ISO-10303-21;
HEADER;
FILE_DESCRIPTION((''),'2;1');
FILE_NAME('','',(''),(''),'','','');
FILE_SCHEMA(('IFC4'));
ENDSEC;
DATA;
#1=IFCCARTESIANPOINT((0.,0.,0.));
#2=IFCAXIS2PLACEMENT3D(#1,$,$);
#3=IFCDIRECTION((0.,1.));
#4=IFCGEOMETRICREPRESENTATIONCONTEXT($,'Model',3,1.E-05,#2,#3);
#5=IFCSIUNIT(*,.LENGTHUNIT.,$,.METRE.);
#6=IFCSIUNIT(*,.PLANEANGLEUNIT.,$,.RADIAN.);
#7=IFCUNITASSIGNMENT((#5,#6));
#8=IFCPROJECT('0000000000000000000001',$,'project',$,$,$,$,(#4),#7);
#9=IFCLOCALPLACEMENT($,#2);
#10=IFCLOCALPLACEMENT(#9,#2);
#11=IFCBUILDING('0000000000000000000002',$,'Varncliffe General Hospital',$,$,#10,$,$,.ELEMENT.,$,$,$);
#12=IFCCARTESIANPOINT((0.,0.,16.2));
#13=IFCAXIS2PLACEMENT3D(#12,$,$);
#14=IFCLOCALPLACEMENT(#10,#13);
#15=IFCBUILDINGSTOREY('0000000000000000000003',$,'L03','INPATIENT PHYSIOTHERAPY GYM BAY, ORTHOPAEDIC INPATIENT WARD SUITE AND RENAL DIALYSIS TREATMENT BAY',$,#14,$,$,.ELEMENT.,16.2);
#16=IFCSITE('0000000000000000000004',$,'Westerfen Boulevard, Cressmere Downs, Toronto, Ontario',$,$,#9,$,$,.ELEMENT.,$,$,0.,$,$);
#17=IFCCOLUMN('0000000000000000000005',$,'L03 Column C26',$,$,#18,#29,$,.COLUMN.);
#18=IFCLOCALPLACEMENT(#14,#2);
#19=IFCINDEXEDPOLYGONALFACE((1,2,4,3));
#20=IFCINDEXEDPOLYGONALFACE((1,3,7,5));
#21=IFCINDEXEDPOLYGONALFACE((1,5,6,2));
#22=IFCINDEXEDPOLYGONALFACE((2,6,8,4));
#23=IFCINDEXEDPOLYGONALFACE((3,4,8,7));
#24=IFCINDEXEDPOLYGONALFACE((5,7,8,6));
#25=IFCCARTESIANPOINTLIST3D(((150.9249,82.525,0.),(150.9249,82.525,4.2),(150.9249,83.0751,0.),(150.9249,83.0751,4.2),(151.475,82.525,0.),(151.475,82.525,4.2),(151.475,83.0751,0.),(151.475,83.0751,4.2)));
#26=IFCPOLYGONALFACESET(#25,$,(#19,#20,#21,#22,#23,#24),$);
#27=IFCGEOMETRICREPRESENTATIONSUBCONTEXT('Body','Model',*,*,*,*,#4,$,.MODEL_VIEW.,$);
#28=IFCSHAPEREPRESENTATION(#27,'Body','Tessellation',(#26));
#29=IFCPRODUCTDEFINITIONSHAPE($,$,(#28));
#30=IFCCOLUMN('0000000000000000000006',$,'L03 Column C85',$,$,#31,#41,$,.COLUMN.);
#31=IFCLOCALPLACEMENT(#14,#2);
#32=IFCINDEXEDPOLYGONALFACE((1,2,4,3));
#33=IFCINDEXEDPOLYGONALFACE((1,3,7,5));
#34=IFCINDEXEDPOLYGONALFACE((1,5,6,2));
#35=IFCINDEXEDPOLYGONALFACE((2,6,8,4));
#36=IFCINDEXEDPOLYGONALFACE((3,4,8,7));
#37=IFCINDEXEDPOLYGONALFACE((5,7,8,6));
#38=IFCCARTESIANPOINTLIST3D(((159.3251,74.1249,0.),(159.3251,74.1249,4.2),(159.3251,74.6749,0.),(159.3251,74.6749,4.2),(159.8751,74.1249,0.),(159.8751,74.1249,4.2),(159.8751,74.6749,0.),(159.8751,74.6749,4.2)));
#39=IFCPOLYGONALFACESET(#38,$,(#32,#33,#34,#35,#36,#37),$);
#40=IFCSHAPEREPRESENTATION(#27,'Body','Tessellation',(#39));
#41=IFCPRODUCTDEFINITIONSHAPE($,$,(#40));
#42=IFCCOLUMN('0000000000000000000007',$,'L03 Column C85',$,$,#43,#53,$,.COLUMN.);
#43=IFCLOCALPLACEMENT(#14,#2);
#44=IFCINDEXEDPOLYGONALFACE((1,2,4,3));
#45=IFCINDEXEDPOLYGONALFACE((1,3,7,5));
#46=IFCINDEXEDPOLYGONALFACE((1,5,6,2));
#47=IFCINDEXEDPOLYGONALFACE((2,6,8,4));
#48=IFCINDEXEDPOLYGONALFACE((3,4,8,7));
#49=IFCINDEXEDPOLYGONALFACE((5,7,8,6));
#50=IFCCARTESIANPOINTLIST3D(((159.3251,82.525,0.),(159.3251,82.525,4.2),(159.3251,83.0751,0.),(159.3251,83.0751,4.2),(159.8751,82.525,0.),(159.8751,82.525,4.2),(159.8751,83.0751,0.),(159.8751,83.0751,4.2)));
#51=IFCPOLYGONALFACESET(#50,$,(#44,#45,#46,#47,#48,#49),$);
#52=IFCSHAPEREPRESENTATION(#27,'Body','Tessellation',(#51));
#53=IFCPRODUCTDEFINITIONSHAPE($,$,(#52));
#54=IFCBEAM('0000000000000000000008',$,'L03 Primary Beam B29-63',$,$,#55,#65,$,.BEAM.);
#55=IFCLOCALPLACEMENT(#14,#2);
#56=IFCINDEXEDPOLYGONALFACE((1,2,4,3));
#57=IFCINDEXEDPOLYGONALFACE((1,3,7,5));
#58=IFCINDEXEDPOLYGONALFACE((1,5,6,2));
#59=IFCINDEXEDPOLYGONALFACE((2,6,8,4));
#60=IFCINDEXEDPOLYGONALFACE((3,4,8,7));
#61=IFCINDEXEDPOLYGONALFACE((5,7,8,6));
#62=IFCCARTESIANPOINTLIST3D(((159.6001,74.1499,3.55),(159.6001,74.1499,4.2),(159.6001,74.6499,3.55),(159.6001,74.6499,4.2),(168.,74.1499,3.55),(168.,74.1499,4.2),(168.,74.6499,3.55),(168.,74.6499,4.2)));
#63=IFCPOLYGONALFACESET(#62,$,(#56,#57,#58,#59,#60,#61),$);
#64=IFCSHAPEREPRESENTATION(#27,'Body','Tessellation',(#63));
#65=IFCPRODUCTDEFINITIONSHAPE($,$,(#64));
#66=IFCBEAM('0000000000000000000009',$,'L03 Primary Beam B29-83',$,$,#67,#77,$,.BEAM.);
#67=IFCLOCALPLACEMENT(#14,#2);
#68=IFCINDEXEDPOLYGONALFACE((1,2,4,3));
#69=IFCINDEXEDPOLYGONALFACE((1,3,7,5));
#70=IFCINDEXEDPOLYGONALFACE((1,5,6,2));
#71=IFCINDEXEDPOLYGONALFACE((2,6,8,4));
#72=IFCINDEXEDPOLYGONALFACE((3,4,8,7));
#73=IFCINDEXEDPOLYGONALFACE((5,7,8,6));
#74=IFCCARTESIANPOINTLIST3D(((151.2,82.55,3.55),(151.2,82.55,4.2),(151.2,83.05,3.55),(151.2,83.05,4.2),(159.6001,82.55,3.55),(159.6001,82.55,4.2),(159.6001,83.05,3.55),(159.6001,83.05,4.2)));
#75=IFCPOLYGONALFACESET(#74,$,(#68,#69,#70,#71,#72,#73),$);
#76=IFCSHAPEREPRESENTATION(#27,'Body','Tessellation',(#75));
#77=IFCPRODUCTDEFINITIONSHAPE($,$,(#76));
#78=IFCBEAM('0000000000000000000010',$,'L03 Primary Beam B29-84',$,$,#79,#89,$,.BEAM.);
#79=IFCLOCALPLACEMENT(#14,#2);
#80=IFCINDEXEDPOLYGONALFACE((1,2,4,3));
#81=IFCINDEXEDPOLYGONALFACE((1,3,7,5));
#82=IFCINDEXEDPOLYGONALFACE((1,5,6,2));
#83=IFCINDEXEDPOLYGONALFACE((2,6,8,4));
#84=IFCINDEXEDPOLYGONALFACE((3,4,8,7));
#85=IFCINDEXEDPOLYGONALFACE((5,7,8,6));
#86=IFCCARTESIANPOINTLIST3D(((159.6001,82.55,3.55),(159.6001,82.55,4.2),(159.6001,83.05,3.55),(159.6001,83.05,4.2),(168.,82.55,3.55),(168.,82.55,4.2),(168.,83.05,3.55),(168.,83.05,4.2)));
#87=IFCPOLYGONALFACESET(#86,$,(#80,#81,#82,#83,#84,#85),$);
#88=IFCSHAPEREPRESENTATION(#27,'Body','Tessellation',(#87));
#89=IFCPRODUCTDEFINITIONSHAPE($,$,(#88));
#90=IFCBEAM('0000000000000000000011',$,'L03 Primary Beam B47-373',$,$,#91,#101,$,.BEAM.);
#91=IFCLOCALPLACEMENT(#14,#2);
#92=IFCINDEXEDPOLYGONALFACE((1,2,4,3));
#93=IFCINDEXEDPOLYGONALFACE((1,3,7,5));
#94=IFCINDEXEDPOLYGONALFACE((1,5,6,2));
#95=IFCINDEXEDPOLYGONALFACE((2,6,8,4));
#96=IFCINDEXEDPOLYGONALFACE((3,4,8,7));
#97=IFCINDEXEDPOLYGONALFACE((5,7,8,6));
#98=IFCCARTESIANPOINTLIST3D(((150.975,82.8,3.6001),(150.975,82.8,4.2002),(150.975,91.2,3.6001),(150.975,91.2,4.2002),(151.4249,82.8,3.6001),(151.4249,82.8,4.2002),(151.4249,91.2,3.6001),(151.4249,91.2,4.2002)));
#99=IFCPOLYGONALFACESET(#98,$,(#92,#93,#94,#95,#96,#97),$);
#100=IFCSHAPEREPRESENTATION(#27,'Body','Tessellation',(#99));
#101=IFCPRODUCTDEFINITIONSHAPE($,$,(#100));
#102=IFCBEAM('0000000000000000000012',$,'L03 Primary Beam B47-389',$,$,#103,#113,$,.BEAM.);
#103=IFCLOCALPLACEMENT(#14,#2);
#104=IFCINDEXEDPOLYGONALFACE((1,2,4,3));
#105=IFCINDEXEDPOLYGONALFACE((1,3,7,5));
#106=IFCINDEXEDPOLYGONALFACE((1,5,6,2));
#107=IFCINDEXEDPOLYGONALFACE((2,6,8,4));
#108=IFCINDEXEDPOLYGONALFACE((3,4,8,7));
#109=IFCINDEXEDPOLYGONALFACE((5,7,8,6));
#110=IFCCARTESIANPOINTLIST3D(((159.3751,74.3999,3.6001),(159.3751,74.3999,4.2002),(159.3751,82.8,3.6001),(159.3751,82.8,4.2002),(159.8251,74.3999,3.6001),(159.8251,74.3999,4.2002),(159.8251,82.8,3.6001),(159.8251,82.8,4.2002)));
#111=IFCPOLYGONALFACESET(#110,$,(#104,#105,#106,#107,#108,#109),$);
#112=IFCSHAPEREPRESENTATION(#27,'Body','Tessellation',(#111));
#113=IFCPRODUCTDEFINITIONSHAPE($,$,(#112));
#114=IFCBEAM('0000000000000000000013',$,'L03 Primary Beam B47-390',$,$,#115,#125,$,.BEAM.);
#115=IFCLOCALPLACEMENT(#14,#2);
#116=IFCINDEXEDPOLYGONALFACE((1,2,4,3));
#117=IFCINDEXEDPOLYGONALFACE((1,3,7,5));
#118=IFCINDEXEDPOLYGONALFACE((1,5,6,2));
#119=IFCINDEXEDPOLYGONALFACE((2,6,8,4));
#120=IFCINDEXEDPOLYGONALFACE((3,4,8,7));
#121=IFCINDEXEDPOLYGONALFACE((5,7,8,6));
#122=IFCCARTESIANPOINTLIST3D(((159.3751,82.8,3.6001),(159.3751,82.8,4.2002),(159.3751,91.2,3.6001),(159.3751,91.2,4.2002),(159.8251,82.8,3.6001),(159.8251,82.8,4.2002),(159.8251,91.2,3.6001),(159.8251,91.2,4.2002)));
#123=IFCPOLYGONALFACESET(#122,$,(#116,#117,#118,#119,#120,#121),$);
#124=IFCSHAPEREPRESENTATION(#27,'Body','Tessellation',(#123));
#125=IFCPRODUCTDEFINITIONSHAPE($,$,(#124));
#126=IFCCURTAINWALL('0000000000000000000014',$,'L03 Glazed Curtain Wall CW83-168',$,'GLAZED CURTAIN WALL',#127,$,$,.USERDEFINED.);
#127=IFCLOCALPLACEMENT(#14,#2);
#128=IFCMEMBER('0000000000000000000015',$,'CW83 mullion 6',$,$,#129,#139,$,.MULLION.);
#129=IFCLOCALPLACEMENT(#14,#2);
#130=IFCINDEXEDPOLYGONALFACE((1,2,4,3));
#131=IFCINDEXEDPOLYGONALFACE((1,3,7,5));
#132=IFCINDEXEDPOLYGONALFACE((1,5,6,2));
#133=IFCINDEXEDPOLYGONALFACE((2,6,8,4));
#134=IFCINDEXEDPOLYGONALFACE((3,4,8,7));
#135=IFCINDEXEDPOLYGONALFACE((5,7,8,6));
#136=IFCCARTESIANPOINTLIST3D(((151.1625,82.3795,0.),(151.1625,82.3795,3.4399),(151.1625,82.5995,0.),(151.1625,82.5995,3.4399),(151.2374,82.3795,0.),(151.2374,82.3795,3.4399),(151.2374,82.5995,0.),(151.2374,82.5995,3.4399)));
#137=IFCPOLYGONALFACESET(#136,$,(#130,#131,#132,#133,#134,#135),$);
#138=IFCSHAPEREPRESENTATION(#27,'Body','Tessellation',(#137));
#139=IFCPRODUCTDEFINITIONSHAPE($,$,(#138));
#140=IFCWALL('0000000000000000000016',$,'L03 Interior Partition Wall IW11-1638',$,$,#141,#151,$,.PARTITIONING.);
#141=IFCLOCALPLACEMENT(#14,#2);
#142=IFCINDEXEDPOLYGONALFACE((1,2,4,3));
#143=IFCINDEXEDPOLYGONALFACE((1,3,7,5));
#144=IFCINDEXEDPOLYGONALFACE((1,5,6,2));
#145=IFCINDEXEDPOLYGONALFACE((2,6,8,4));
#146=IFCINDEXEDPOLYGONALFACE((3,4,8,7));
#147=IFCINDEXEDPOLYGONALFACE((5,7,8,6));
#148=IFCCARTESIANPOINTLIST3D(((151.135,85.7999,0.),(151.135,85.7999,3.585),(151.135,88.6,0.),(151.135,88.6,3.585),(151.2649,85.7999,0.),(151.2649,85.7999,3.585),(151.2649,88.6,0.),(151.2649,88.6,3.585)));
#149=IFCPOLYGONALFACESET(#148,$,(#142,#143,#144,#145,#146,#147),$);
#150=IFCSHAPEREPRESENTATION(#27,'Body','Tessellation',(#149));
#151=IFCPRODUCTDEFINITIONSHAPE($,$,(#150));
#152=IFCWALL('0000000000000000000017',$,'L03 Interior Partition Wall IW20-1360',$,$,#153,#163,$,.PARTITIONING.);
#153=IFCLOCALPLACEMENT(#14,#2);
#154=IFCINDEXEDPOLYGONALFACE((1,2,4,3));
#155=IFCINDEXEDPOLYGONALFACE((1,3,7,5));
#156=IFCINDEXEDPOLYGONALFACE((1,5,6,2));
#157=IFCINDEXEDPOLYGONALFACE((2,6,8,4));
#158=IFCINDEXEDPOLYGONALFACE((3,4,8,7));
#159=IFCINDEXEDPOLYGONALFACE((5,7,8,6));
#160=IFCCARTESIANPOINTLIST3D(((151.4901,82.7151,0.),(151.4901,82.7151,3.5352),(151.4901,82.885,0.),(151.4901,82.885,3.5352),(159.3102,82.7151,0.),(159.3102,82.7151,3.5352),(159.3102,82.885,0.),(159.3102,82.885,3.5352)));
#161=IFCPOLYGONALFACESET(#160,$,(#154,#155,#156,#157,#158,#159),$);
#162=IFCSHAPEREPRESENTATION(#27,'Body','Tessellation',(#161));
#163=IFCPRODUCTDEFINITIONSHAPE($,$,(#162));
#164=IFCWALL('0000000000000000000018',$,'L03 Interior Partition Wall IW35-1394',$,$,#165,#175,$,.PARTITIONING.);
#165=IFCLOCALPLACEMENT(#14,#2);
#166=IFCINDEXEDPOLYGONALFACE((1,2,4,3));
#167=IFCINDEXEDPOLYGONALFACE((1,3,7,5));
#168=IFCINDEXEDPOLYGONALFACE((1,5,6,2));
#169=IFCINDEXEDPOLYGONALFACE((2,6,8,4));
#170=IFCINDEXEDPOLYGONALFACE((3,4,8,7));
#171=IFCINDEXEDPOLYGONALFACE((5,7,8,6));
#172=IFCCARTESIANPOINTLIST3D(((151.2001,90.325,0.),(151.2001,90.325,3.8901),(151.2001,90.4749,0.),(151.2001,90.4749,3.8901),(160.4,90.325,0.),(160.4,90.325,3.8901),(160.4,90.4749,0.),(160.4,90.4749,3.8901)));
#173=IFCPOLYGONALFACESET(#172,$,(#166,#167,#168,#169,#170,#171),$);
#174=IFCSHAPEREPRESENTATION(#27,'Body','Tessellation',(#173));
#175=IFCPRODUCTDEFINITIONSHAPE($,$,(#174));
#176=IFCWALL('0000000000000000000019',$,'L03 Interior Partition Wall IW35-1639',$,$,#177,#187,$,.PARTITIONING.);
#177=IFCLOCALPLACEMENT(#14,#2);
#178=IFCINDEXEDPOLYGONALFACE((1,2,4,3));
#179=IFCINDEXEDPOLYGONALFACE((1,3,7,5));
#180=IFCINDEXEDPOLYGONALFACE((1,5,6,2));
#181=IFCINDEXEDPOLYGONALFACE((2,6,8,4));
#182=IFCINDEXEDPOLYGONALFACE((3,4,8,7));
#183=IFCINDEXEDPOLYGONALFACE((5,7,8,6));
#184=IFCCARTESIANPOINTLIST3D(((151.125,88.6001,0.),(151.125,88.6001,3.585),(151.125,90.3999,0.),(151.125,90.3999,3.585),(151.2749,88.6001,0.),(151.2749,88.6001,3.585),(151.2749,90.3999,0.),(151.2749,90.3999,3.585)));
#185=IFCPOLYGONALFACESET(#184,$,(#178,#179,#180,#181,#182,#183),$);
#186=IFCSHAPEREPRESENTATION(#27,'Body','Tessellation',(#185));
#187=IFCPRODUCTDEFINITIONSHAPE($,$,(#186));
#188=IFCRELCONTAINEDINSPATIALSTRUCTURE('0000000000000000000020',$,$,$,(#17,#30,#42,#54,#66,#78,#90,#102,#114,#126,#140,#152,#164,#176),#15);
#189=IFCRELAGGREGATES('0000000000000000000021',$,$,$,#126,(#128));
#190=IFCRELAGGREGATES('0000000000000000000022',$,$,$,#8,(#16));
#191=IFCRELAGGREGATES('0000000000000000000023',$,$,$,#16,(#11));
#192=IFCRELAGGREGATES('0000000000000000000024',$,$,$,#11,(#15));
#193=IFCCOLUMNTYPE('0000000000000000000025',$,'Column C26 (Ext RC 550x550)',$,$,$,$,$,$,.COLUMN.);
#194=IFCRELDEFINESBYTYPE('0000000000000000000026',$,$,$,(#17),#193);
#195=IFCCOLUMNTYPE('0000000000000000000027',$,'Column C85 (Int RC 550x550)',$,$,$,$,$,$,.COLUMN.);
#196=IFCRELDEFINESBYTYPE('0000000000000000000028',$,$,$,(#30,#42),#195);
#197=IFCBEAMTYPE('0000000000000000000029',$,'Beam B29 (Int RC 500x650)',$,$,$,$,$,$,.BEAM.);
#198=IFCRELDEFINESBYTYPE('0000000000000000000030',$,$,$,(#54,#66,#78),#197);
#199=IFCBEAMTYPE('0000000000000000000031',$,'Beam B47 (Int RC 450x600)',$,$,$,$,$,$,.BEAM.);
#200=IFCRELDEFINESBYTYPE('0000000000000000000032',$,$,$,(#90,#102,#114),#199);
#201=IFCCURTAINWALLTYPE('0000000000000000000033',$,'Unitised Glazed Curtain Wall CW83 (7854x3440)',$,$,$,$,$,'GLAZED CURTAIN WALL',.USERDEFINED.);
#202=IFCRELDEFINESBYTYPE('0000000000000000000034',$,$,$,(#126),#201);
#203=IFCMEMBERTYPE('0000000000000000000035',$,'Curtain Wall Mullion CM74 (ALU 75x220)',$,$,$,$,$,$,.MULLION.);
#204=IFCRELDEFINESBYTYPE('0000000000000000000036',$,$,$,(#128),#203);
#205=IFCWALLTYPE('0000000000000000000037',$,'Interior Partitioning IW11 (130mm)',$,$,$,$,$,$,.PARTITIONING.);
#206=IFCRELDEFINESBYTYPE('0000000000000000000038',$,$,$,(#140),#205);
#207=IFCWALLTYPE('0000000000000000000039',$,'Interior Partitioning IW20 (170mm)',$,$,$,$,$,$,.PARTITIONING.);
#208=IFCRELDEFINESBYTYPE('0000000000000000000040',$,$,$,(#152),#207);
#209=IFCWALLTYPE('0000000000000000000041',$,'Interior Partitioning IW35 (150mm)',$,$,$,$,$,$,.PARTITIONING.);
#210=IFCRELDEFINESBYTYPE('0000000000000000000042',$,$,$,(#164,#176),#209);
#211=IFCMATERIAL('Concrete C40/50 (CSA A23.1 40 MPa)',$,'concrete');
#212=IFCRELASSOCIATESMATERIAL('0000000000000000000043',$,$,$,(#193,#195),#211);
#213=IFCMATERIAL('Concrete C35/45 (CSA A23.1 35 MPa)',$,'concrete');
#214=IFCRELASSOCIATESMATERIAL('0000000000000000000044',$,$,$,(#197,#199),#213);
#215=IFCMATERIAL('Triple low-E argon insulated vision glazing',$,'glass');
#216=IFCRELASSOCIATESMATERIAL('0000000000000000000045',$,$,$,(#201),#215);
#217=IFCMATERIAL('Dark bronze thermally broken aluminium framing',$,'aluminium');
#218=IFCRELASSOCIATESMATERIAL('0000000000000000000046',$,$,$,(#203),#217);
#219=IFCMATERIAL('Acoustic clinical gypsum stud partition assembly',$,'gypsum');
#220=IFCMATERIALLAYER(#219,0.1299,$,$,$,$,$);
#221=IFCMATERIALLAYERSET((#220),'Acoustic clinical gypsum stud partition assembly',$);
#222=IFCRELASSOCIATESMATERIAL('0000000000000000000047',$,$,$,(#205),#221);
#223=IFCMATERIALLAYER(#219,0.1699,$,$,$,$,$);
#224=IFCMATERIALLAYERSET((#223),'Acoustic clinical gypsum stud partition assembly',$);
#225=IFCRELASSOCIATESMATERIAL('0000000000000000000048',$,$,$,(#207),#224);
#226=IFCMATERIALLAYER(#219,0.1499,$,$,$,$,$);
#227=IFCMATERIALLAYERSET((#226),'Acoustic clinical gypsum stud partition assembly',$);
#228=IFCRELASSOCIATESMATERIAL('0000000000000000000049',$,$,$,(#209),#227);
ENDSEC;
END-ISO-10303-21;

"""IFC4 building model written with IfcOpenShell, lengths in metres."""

from ifc_helpers import new_model, si_unit, direction, frame, frame_2d, origin, origin_2d, place, context, subcontext, project, spatial, rectangle, extrude, material, layer, layer_set, material_profile, profile_set, type_object, element, aggregate, save


model = new_model("IFC4")

# Units and contexts
model_context = context("Model", 3, precision=1e-05, world=origin(), true_north=direction((0.0, 1.0)))
body_context = subcontext(model_context, "Body", "Model", "MODEL_VIEW")
ifc_project = project(units=[si_unit("LENGTHUNIT", "METRE"), si_unit("PLANEANGLEUNIT", "RADIAN")], contexts=[model_context])

# Site, building, storey
site_placement = place(None, origin())
site = spatial("IfcSite", under=ifc_project, at=site_placement, Name="Westerfen Boulevard, Cressmere Downs, Toronto, Ontario", CompositionType="ELEMENT", RefElevation=0.0)
building_placement = place(site_placement, origin())
building = spatial("IfcBuilding", under=site, at=building_placement, Name="Varncliffe General Hospital", CompositionType="ELEMENT")
storey_placement = place(building_placement, frame((0.0, 0.0, 16.2)))
storey = spatial("IfcBuildingStorey", under=building, at=storey_placement, Name="L03", Description="INPATIENT PHYSIOTHERAPY GYM BAY, ORTHOPAEDIC INPATIENT WARD SUITE AND RENAL DIALYSIS TREATMENT BAY", CompositionType="ELEMENT", Elevation=16.2)

# Columns
ifc_material_1 = material(Name="Concrete C40/50 (CSA A23.1 40 MPa)", Category="concrete")
ifc_material_profile_1 = material_profile(ifc_material_1, rectangle(XDim=0.55, YDim=0.55, at=origin_2d()), Name="RC 550x550")
ifc_profile_set_1 = profile_set([ifc_material_profile_1], Name="Concrete C40/50 (CSA A23.1 40 MPa)")
column_type_1 = type_object("IfcColumnType", Name="Column C26 (Ext RC 550x550)", PredefinedType="COLUMN", material=ifc_profile_set_1)
column_placement = place(storey_placement, frame((151.2, 82.8, 0.0), z_axis=(0.0, 0.0, 1.0), x_axis=(1.0, 0.0, 0.0)))
element("IfcColumn", 1, at=column_placement, inside=storey, type_object=column_type_1, Name="L03 Column C26", PredefinedType="COLUMN", context=body_context, shape_type="SweptSolid", body=[
    extrude(rectangle(XDim=0.55, YDim=0.55, at=origin_2d()), origin(), (0.0, 0.0, 1.0), 4.2),
])
ifc_material_profile_2 = material_profile(ifc_material_1, rectangle(XDim=0.55, YDim=0.55, at=origin_2d()), Name="RC 550x550")
ifc_profile_set_2 = profile_set([ifc_material_profile_2], Name="Concrete C40/50 (CSA A23.1 40 MPa)")
column_type_2 = type_object("IfcColumnType", Name="Column C85 (Int RC 550x550)", PredefinedType="COLUMN", material=ifc_profile_set_2)
for number, where, z_axis, x_axis, name in (
    (2, (159.6001, 74.3999, 0.0), (0.0, 0.0, 1.0), (1.0, 0.0, 0.0), "L03 Column C85"),
    (3, (159.6001, 82.8, 0.0), (0.0, 0.0, 1.0), (1.0, 0.0, 0.0), "L03 Column C85"),
):
    element("IfcColumn", number, at=place(storey_placement, frame(where, z_axis=z_axis, x_axis=x_axis)), inside=storey, type_object=column_type_2, Name=name, PredefinedType="COLUMN", context=body_context, shape_type="SweptSolid", body=[
        extrude(rectangle(XDim=0.55, YDim=0.55, at=origin_2d()), origin(), (0.0, 0.0, 1.0), 4.2),
    ])

# Beams
ifc_material_2 = material(Name="Concrete C35/45 (CSA A23.1 35 MPa)", Category="concrete")
ifc_material_profile_3 = material_profile(ifc_material_2, rectangle(XDim=0.5, YDim=0.6499, at=origin_2d()), Name="RC 500x650")
ifc_profile_set_3 = profile_set([ifc_material_profile_3], Name="Concrete C35/45 (CSA A23.1 35 MPa)")
beam_type_1 = type_object("IfcBeamType", Name="Beam B29 (Int RC 500x650)", PredefinedType="BEAM", material=ifc_profile_set_3)
beam_1_placement = place(storey_placement, frame((159.6001, 74.3999, 3.875), z_axis=(1.0, 0.0, 0.0), x_axis=(0.0, 1.0, 0.0)))
element("IfcBeam", 4, at=beam_1_placement, inside=storey, type_object=beam_type_1, Name="L03 Primary Beam B29-63", PredefinedType="BEAM", context=body_context, shape_type="SweptSolid", body=[
    extrude(rectangle(XDim=0.5, YDim=0.6499, at=origin_2d()), origin(), (0.0, 0.0, 1.0), 8.3999),
])
beam_2_placement = place(storey_placement, frame((151.2, 82.8, 3.875), z_axis=(1.0, 0.0, 0.0), x_axis=(0.0, 1.0, 0.0)))
element("IfcBeam", 5, at=beam_2_placement, inside=storey, type_object=beam_type_1, Name="L03 Primary Beam B29-83", PredefinedType="BEAM", context=body_context, shape_type="SweptSolid", body=[
    extrude(rectangle(XDim=0.5, YDim=0.6499, at=origin_2d()), origin(), (0.0, 0.0, 1.0), 8.4001),
])
beam_3_placement = place(storey_placement, frame((159.6001, 82.8, 3.875), z_axis=(1.0, 0.0, 0.0), x_axis=(0.0, 1.0, 0.0)))
element("IfcBeam", 6, at=beam_3_placement, inside=storey, type_object=beam_type_1, Name="L03 Primary Beam B29-84", PredefinedType="BEAM", context=body_context, shape_type="SweptSolid", body=[
    extrude(rectangle(XDim=0.5, YDim=0.6499, at=origin_2d()), origin(), (0.0, 0.0, 1.0), 8.3999),
])
ifc_material_profile_4 = material_profile(ifc_material_2, rectangle(XDim=0.45, YDim=0.6001, at=origin_2d()), Name="RC 450x600")
ifc_profile_set_4 = profile_set([ifc_material_profile_4], Name="Concrete C35/45 (CSA A23.1 35 MPa)")
beam_type_2 = type_object("IfcBeamType", Name="Beam B47 (Int RC 450x600)", PredefinedType="BEAM", material=ifc_profile_set_4)
beam_4_placement = place(storey_placement, frame((151.2, 82.8, 3.9001), z_axis=(0.0, 1.0, 0.0), x_axis=(-1.0, 0.0, 0.0)))
element("IfcBeam", 7, at=beam_4_placement, inside=storey, type_object=beam_type_2, Name="L03 Primary Beam B47-373", PredefinedType="BEAM", context=body_context, shape_type="SweptSolid", body=[
    extrude(rectangle(XDim=0.45, YDim=0.6001, at=origin_2d()), origin(), (0.0, 0.0, 1.0), 8.3999),
])
beam_5_placement = place(storey_placement, frame((159.6001, 74.3999, 3.9001), z_axis=(0.0, 1.0, 0.0), x_axis=(-1.0, 0.0, 0.0)))
element("IfcBeam", 8, at=beam_5_placement, inside=storey, type_object=beam_type_2, Name="L03 Primary Beam B47-389", PredefinedType="BEAM", context=body_context, shape_type="SweptSolid", body=[
    extrude(rectangle(XDim=0.45, YDim=0.6001, at=origin_2d()), origin(), (0.0, 0.0, 1.0), 8.4001),
])
beam_6_placement = place(storey_placement, frame((159.6001, 82.8, 3.9001), z_axis=(0.0, 1.0, 0.0), x_axis=(-1.0, 0.0, 0.0)))
element("IfcBeam", 9, at=beam_6_placement, inside=storey, type_object=beam_type_2, Name="L03 Primary Beam B47-390", PredefinedType="BEAM", context=body_context, shape_type="SweptSolid", body=[
    extrude(rectangle(XDim=0.45, YDim=0.6001, at=origin_2d()), origin(), (0.0, 0.0, 1.0), 8.3999),
])

# Curtain wall, member
ifc_material_3 = material(Name="Triple low-E argon insulated vision glazing", Category="glass")
curtain_wall_type = type_object("IfcCurtainWallType", Name="Unitised Glazed Curtain Wall CW83 (7854x3440)", ElementType="GLAZED CURTAIN WALL", PredefinedType="USERDEFINED", material=ifc_material_3)
curtain_wall_placement = place(storey_placement, origin())
curtain_wall = element("IfcCurtainWall", 10, at=curtain_wall_placement, inside=storey, type_object=curtain_wall_type, Name="L03 Glazed Curtain Wall CW83-168", ObjectType="GLAZED CURTAIN WALL", PredefinedType="USERDEFINED")
ifc_material_4 = material(Name="Dark bronze thermally broken aluminium framing", Category="aluminium")
ifc_material_profile_5 = material_profile(ifc_material_4, rectangle(XDim=0.075, YDim=0.22, at=origin_2d()), Name="ALU 75x220")
ifc_profile_set_5 = profile_set([ifc_material_profile_5], Name="Dark bronze thermally broken aluminium framing")
member_type = type_object("IfcMemberType", Name="Curtain Wall Mullion CM74 (ALU 75x220)", PredefinedType="MULLION", material=ifc_profile_set_5)
member_placement = place(storey_placement, frame((151.2, 82.4895, 0.0), z_axis=(0.0, 0.0, 1.0), x_axis=(-1.0, 0.0, 0.0)))
member = element("IfcMember", 11, at=member_placement, type_object=member_type, Name="CW83 mullion 6", PredefinedType="MULLION", context=body_context, shape_type="SweptSolid", body=[
    extrude(rectangle(XDim=0.075, YDim=0.22, at=origin_2d()), origin(), (0.0, 0.0, 1.0), 3.4399),
])
aggregate(curtain_wall, [member])

# Walls
ifc_material_5 = material(Name="Acoustic clinical gypsum stud partition assembly", Category="gypsum")
ifc_layer_1 = layer(ifc_material_5, 0.1299)
ifc_layer_set_1 = layer_set([ifc_layer_1], Name="Acoustic clinical gypsum stud partition assembly")
wall_type_1 = type_object("IfcWallType", Name="Interior Partitioning IW11 (130mm)", PredefinedType="PARTITIONING", material=ifc_layer_set_1)
wall_1_placement = place(storey_placement, frame((151.2, 85.8, 0.0), z_axis=(0.0, 0.0, 1.0), x_axis=(0.0, 1.0, 0.0)))
element("IfcWall", 12, at=wall_1_placement, inside=storey, type_object=wall_type_1, Name="L03 Interior Partition Wall IW11-1638", PredefinedType="PARTITIONING", context=body_context, shape_type="SweptSolid", body=[
    extrude(rectangle(XDim=2.8, YDim=0.1299, at=frame_2d((1.3999, 0.0))), origin(), (0.0, 0.0, 1.0), 3.585),
])
ifc_layer_2 = layer(ifc_material_5, 0.1699)
ifc_layer_set_2 = layer_set([ifc_layer_2], Name="Acoustic clinical gypsum stud partition assembly")
wall_type_2 = type_object("IfcWallType", Name="Interior Partitioning IW20 (170mm)", PredefinedType="PARTITIONING", material=ifc_layer_set_2)
wall_2_placement = place(storey_placement, frame((151.49, 82.8, 0.0), z_axis=(0.0, 0.0, 1.0), x_axis=(1.0, 0.0, 0.0)))
element("IfcWall", 13, at=wall_2_placement, inside=storey, type_object=wall_type_2, Name="L03 Interior Partition Wall IW20-1360", PredefinedType="PARTITIONING", context=body_context, shape_type="SweptSolid", body=[
    extrude(rectangle(XDim=7.8201, YDim=0.1699, at=frame_2d((3.9102, 0.0))), origin(), (0.0, 0.0, 1.0), 3.5352),
])
ifc_layer_3 = layer(ifc_material_5, 0.1499)
ifc_layer_set_3 = layer_set([ifc_layer_3], Name="Acoustic clinical gypsum stud partition assembly")
wall_type_3 = type_object("IfcWallType", Name="Interior Partitioning IW35 (150mm)", PredefinedType="PARTITIONING", material=ifc_layer_set_3)
wall_3_placement = place(storey_placement, frame((151.2, 90.3999, 0.0), z_axis=(0.0, 0.0, 1.0), x_axis=(1.0, 0.0, 0.0)))
element("IfcWall", 14, at=wall_3_placement, inside=storey, type_object=wall_type_3, Name="L03 Interior Partition Wall IW35-1394", PredefinedType="PARTITIONING", context=body_context, shape_type="SweptSolid", body=[
    extrude(rectangle(XDim=9.2, YDim=0.1499, at=frame_2d((4.6001, 0.0))), origin(), (0.0, 0.0, 1.0), 3.8901),
])
wall_4_placement = place(storey_placement, frame((151.2, 88.6001, 0.0), z_axis=(0.0, 0.0, 1.0), x_axis=(0.0, 1.0, 0.0)))
element("IfcWall", 15, at=wall_4_placement, inside=storey, type_object=wall_type_3, Name="L03 Interior Partition Wall IW35-1639", PredefinedType="PARTITIONING", context=body_context, shape_type="SweptSolid", body=[
    extrude(rectangle(XDim=1.7998, YDim=0.1499, at=frame_2d((0.8999, 0.0))), origin(), (0.0, 0.0, 1.0), 3.585),
])

save(model, "model.ifc")
